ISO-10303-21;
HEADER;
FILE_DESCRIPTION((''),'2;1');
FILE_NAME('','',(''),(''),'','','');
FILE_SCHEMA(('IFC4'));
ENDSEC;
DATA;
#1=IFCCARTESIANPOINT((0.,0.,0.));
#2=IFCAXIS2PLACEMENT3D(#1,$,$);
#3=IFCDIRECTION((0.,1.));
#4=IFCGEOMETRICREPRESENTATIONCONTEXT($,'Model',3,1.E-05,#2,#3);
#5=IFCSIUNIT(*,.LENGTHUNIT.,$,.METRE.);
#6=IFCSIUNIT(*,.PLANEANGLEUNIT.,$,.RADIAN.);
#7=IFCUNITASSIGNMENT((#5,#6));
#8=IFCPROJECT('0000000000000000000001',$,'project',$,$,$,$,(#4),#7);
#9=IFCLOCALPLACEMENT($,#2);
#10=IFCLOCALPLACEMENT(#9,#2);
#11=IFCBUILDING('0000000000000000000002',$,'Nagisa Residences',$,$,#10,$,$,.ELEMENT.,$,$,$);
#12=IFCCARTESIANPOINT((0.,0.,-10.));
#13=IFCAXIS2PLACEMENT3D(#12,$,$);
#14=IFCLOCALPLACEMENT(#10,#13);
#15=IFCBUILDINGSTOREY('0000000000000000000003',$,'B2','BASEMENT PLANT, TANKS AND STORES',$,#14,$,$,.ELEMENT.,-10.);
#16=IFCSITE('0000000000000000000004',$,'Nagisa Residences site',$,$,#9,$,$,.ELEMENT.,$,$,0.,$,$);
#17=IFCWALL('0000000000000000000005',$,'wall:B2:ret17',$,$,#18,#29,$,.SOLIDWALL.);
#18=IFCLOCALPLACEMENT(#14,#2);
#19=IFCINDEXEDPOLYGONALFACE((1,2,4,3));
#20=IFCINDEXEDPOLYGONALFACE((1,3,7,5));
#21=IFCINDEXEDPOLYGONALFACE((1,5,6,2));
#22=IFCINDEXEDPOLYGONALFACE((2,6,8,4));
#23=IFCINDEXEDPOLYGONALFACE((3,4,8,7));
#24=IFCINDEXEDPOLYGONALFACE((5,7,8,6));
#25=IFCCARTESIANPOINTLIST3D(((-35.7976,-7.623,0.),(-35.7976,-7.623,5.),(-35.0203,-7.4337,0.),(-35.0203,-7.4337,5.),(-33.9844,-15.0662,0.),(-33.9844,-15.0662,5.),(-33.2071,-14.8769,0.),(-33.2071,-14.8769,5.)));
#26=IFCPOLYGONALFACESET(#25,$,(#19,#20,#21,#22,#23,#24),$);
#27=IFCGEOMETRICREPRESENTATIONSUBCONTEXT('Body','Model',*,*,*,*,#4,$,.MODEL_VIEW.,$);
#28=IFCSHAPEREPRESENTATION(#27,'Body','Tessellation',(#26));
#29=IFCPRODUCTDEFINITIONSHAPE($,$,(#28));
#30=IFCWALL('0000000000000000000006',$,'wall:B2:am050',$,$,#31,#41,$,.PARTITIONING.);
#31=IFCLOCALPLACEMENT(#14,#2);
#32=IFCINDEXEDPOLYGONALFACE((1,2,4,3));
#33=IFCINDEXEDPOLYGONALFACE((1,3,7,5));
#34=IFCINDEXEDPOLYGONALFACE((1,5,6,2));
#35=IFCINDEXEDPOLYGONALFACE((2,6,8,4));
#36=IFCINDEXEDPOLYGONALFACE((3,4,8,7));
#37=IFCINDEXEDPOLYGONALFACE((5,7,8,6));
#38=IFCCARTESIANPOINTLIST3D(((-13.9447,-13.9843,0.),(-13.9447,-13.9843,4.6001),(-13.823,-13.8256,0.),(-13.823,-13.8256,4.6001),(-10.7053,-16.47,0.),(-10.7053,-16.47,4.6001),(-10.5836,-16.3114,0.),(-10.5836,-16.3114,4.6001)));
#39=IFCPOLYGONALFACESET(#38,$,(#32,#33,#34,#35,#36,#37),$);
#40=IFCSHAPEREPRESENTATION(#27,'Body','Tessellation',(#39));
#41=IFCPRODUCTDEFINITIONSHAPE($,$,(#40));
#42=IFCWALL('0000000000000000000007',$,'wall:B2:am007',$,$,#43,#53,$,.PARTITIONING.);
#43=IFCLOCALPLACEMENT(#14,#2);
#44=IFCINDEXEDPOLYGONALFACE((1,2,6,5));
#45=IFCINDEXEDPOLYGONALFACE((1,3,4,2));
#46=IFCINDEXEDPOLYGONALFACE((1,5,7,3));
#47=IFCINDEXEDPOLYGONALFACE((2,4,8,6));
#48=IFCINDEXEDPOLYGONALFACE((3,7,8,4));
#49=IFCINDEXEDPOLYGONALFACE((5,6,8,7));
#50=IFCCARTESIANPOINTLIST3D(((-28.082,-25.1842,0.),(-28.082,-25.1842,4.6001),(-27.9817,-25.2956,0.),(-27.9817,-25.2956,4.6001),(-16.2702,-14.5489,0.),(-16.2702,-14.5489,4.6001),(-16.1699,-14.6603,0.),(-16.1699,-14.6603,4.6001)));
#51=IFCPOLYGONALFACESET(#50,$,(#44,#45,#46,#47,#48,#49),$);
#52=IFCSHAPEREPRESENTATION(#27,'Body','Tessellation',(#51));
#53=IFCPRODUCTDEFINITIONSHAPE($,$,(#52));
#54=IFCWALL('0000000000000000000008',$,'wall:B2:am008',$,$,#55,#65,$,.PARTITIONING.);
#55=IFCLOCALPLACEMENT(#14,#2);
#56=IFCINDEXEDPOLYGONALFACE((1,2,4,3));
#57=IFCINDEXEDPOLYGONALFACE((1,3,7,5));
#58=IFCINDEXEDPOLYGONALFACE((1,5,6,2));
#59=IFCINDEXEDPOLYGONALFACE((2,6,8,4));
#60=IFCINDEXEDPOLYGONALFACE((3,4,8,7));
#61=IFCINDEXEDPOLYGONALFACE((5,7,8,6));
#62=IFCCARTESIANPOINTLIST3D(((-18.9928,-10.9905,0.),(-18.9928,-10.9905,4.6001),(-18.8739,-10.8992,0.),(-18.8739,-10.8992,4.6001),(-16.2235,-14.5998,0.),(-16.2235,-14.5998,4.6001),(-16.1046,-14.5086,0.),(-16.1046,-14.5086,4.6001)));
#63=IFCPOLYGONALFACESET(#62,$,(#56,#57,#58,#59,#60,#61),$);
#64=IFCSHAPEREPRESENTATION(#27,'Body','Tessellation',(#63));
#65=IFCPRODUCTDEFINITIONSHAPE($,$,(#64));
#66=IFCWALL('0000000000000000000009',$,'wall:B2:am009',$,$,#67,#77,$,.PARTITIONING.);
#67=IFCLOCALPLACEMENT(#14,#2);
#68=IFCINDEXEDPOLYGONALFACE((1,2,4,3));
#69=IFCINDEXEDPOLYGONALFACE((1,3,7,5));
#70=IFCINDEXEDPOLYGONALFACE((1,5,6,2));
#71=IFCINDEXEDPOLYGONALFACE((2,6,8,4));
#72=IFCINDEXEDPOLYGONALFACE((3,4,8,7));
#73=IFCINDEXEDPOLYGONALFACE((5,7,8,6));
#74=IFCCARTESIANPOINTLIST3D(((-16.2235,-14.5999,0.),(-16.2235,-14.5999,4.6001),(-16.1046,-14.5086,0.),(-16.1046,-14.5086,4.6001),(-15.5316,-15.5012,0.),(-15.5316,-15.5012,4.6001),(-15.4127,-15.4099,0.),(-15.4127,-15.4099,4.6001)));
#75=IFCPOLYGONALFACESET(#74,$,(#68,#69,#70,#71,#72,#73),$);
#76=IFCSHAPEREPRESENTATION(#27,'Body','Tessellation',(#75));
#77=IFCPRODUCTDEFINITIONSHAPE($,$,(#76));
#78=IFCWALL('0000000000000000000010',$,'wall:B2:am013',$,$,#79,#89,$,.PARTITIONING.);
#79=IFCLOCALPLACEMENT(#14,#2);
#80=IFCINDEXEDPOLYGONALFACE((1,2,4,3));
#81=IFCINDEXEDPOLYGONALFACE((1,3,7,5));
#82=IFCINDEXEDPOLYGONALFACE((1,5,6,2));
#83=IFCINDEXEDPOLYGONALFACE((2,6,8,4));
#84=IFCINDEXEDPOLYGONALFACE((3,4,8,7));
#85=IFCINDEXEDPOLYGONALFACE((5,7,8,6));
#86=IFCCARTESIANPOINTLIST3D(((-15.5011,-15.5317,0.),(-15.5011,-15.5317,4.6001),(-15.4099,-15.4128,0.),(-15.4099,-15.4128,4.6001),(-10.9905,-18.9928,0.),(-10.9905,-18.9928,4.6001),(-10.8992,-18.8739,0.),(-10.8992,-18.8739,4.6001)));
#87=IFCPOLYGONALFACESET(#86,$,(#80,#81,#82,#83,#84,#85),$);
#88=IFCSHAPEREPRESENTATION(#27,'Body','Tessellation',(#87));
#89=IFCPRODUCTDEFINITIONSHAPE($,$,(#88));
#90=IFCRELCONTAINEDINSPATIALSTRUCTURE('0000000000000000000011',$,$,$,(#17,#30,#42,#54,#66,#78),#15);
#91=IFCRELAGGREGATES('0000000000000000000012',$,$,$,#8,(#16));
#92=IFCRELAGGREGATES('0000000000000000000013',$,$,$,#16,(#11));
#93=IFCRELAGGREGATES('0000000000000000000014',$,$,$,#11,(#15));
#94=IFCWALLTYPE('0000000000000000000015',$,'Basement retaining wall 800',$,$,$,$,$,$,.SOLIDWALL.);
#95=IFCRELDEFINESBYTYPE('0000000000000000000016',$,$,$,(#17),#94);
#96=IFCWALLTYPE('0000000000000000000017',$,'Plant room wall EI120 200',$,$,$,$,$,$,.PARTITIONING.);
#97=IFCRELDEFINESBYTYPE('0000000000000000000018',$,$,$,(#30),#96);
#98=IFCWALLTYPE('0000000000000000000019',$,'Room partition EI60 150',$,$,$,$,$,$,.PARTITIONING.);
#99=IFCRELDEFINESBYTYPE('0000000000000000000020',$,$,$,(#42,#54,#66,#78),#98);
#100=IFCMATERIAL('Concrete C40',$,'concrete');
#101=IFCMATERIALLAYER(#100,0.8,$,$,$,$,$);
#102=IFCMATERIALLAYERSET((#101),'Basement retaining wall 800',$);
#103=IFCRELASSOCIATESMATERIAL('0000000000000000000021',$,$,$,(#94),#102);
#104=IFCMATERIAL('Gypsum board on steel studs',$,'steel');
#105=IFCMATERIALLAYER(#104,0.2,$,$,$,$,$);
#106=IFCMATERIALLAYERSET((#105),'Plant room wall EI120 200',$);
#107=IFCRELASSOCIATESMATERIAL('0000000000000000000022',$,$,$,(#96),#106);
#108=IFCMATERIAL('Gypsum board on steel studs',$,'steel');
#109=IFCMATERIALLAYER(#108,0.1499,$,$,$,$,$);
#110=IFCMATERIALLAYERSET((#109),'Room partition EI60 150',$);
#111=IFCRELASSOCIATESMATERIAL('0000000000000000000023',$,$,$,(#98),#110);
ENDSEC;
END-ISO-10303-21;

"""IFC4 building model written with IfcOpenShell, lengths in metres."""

from ifc_helpers import new_model, si_unit, direction, frame, frame_2d, origin, place, context, subcontext, project, spatial, rectangle, extrude, material, layer, layer_set, type_object, element, save


model = new_model("IFC4")

# Units and contexts
model_context = context("Model", 3, precision=1e-05, world=origin(), true_north=direction((0.0, 1.0)))
body_context = subcontext(model_context, "Body", "Model", "MODEL_VIEW")
ifc_project = project(units=[si_unit("LENGTHUNIT", "METRE"), si_unit("PLANEANGLEUNIT", "RADIAN")], contexts=[model_context])

# Site, building, storey
site_placement = place(None, origin())
site = spatial("IfcSite", under=ifc_project, at=site_placement, Name="Nagisa Residences site", CompositionType="ELEMENT", RefElevation=0.0)
building_placement = place(site_placement, origin())
building = spatial("IfcBuilding", under=site, at=building_placement, Name="Nagisa Residences", CompositionType="ELEMENT")
storey_placement = place(building_placement, frame((0.0, 0.0, -10.0)))
storey = spatial("IfcBuildingStorey", under=building, at=storey_placement, Name="B2", Description="BASEMENT PLANT, TANKS AND STORES", CompositionType="ELEMENT", Elevation=-10.0)

# Walls
ifc_material_1 = material(Name="Concrete C40", Category="concrete")
ifc_layer_1 = layer(ifc_material_1, 0.8)
ifc_layer_set_1 = layer_set([ifc_layer_1], Name="Basement retaining wall 800")
wall_type_1 = type_object("IfcWallType", Name="Basement retaining wall 800", PredefinedType="SOLIDWALL", material=ifc_layer_set_1)
wall_1_placement = place(storey_placement, frame((-33.5957, -14.9717, 0.0), z_axis=(0.0, 0.0, 1.0), x_axis=(-0.23669, 0.971585, 0.0)))
element("IfcWall", 1, at=wall_1_placement, inside=storey, type_object=wall_type_1, Name="wall:B2:ret17", PredefinedType="SOLIDWALL", context=body_context, shape_type="SweptSolid", body=[
    extrude(rectangle(XDim=7.6609, YDim=0.8, at=frame_2d((3.8306, 0.0))), origin(), (0.0, 0.0, 1.0), 5.0),
])
ifc_material_2 = material(Name="Gypsum board on steel studs", Category="steel")
ifc_layer_2 = layer(ifc_material_2, 0.2)
ifc_layer_set_2 = layer_set([ifc_layer_2], Name="Plant room wall EI120 200")
wall_type_2 = type_object("IfcWallType", Name="Plant room wall EI120 200", PredefinedType="PARTITIONING", material=ifc_layer_set_2)
wall_2_placement = place(storey_placement, frame((-13.8838, -13.905, 0.0), z_axis=(0.0, 0.0, 1.0), x_axis=(0.793344, -0.608774, 0.0)))
element("IfcWall", 2, at=wall_2_placement, inside=storey, type_object=wall_type_2, Name="wall:B2:am050", PredefinedType="PARTITIONING", context=body_context, shape_type="SweptSolid", body=[
    extrude(rectangle(XDim=4.0833, YDim=0.2, at=frame_2d((2.0415, 0.0))), origin(), (0.0, 0.0, 1.0), 4.6001),
])
ifc_material_3 = material(Name="Gypsum board on steel studs", Category="steel")
ifc_layer_3 = layer(ifc_material_3, 0.1499)
ifc_layer_set_3 = layer_set([ifc_layer_3], Name="Room partition EI60 150")
wall_type_3 = type_object("IfcWallType", Name="Room partition EI60 150", PredefinedType="PARTITIONING", material=ifc_layer_set_3)
wall_3_placement = place(storey_placement, frame((-16.22, -14.6045, 0.0), z_axis=(0.0, 0.0, 1.0), x_axis=(-0.743148, -0.669127, 0.0)))
element("IfcWall", 3, at=wall_3_placement, inside=storey, type_object=wall_type_3, Name="wall:B2:am007", PredefinedType="PARTITIONING", context=body_context, shape_type="SweptSolid", body=[
    extrude(rectangle(XDim=15.8943, YDim=0.1499, at=frame_2d((7.9473, 0.0))), origin(), (0.0, 0.0, 1.0), 4.6001),
])
wall_4_placement = place(storey_placement, frame((-16.1641, -14.5542, 0.0), z_axis=(0.0, 0.0, 1.0), x_axis=(-0.608722, 0.793383, 0.0)))
element("IfcWall", 4, at=wall_4_placement, inside=storey, type_object=wall_type_3, Name="wall:B2:am008", PredefinedType="PARTITIONING", context=body_context, shape_type="SweptSolid", body=[
    extrude(rectangle(XDim=4.5493, YDim=0.1499, at=frame_2d((2.2747, 0.0))), origin(), (0.0, 0.0, 1.0), 4.6001),
])
wall_5_placement = place(storey_placement, frame((-15.4722, -15.4556, 0.0), z_axis=(0.0, 0.0, 1.0), x_axis=(-0.608901, 0.793247, 0.0)))
element("IfcWall", 5, at=wall_5_placement, inside=storey, type_object=wall_type_3, Name="wall:B2:am009", PredefinedType="PARTITIONING", context=body_context, shape_type="SweptSolid", body=[
    extrude(rectangle(XDim=1.1362, YDim=0.1499, at=frame_2d((0.5681, 0.0))), origin(), (0.0, 0.0, 1.0), 4.6001),
])
wall_6_placement = place(storey_placement, frame((-10.9448, -18.9333, 0.0), z_axis=(0.0, 0.0, 1.0), x_axis=(-0.793356, 0.608758, 0.0)))
element("IfcWall", 6, at=wall_6_placement, inside=storey, type_object=wall_type_3, Name="wall:B2:am013", PredefinedType="PARTITIONING", context=body_context, shape_type="SweptSolid", body=[
    extrude(rectangle(XDim=5.6855, YDim=0.1499, at=frame_2d((2.8428, 0.0))), origin(), (0.0, 0.0, 1.0), 4.6001),
])

save(model, "model.ifc")
